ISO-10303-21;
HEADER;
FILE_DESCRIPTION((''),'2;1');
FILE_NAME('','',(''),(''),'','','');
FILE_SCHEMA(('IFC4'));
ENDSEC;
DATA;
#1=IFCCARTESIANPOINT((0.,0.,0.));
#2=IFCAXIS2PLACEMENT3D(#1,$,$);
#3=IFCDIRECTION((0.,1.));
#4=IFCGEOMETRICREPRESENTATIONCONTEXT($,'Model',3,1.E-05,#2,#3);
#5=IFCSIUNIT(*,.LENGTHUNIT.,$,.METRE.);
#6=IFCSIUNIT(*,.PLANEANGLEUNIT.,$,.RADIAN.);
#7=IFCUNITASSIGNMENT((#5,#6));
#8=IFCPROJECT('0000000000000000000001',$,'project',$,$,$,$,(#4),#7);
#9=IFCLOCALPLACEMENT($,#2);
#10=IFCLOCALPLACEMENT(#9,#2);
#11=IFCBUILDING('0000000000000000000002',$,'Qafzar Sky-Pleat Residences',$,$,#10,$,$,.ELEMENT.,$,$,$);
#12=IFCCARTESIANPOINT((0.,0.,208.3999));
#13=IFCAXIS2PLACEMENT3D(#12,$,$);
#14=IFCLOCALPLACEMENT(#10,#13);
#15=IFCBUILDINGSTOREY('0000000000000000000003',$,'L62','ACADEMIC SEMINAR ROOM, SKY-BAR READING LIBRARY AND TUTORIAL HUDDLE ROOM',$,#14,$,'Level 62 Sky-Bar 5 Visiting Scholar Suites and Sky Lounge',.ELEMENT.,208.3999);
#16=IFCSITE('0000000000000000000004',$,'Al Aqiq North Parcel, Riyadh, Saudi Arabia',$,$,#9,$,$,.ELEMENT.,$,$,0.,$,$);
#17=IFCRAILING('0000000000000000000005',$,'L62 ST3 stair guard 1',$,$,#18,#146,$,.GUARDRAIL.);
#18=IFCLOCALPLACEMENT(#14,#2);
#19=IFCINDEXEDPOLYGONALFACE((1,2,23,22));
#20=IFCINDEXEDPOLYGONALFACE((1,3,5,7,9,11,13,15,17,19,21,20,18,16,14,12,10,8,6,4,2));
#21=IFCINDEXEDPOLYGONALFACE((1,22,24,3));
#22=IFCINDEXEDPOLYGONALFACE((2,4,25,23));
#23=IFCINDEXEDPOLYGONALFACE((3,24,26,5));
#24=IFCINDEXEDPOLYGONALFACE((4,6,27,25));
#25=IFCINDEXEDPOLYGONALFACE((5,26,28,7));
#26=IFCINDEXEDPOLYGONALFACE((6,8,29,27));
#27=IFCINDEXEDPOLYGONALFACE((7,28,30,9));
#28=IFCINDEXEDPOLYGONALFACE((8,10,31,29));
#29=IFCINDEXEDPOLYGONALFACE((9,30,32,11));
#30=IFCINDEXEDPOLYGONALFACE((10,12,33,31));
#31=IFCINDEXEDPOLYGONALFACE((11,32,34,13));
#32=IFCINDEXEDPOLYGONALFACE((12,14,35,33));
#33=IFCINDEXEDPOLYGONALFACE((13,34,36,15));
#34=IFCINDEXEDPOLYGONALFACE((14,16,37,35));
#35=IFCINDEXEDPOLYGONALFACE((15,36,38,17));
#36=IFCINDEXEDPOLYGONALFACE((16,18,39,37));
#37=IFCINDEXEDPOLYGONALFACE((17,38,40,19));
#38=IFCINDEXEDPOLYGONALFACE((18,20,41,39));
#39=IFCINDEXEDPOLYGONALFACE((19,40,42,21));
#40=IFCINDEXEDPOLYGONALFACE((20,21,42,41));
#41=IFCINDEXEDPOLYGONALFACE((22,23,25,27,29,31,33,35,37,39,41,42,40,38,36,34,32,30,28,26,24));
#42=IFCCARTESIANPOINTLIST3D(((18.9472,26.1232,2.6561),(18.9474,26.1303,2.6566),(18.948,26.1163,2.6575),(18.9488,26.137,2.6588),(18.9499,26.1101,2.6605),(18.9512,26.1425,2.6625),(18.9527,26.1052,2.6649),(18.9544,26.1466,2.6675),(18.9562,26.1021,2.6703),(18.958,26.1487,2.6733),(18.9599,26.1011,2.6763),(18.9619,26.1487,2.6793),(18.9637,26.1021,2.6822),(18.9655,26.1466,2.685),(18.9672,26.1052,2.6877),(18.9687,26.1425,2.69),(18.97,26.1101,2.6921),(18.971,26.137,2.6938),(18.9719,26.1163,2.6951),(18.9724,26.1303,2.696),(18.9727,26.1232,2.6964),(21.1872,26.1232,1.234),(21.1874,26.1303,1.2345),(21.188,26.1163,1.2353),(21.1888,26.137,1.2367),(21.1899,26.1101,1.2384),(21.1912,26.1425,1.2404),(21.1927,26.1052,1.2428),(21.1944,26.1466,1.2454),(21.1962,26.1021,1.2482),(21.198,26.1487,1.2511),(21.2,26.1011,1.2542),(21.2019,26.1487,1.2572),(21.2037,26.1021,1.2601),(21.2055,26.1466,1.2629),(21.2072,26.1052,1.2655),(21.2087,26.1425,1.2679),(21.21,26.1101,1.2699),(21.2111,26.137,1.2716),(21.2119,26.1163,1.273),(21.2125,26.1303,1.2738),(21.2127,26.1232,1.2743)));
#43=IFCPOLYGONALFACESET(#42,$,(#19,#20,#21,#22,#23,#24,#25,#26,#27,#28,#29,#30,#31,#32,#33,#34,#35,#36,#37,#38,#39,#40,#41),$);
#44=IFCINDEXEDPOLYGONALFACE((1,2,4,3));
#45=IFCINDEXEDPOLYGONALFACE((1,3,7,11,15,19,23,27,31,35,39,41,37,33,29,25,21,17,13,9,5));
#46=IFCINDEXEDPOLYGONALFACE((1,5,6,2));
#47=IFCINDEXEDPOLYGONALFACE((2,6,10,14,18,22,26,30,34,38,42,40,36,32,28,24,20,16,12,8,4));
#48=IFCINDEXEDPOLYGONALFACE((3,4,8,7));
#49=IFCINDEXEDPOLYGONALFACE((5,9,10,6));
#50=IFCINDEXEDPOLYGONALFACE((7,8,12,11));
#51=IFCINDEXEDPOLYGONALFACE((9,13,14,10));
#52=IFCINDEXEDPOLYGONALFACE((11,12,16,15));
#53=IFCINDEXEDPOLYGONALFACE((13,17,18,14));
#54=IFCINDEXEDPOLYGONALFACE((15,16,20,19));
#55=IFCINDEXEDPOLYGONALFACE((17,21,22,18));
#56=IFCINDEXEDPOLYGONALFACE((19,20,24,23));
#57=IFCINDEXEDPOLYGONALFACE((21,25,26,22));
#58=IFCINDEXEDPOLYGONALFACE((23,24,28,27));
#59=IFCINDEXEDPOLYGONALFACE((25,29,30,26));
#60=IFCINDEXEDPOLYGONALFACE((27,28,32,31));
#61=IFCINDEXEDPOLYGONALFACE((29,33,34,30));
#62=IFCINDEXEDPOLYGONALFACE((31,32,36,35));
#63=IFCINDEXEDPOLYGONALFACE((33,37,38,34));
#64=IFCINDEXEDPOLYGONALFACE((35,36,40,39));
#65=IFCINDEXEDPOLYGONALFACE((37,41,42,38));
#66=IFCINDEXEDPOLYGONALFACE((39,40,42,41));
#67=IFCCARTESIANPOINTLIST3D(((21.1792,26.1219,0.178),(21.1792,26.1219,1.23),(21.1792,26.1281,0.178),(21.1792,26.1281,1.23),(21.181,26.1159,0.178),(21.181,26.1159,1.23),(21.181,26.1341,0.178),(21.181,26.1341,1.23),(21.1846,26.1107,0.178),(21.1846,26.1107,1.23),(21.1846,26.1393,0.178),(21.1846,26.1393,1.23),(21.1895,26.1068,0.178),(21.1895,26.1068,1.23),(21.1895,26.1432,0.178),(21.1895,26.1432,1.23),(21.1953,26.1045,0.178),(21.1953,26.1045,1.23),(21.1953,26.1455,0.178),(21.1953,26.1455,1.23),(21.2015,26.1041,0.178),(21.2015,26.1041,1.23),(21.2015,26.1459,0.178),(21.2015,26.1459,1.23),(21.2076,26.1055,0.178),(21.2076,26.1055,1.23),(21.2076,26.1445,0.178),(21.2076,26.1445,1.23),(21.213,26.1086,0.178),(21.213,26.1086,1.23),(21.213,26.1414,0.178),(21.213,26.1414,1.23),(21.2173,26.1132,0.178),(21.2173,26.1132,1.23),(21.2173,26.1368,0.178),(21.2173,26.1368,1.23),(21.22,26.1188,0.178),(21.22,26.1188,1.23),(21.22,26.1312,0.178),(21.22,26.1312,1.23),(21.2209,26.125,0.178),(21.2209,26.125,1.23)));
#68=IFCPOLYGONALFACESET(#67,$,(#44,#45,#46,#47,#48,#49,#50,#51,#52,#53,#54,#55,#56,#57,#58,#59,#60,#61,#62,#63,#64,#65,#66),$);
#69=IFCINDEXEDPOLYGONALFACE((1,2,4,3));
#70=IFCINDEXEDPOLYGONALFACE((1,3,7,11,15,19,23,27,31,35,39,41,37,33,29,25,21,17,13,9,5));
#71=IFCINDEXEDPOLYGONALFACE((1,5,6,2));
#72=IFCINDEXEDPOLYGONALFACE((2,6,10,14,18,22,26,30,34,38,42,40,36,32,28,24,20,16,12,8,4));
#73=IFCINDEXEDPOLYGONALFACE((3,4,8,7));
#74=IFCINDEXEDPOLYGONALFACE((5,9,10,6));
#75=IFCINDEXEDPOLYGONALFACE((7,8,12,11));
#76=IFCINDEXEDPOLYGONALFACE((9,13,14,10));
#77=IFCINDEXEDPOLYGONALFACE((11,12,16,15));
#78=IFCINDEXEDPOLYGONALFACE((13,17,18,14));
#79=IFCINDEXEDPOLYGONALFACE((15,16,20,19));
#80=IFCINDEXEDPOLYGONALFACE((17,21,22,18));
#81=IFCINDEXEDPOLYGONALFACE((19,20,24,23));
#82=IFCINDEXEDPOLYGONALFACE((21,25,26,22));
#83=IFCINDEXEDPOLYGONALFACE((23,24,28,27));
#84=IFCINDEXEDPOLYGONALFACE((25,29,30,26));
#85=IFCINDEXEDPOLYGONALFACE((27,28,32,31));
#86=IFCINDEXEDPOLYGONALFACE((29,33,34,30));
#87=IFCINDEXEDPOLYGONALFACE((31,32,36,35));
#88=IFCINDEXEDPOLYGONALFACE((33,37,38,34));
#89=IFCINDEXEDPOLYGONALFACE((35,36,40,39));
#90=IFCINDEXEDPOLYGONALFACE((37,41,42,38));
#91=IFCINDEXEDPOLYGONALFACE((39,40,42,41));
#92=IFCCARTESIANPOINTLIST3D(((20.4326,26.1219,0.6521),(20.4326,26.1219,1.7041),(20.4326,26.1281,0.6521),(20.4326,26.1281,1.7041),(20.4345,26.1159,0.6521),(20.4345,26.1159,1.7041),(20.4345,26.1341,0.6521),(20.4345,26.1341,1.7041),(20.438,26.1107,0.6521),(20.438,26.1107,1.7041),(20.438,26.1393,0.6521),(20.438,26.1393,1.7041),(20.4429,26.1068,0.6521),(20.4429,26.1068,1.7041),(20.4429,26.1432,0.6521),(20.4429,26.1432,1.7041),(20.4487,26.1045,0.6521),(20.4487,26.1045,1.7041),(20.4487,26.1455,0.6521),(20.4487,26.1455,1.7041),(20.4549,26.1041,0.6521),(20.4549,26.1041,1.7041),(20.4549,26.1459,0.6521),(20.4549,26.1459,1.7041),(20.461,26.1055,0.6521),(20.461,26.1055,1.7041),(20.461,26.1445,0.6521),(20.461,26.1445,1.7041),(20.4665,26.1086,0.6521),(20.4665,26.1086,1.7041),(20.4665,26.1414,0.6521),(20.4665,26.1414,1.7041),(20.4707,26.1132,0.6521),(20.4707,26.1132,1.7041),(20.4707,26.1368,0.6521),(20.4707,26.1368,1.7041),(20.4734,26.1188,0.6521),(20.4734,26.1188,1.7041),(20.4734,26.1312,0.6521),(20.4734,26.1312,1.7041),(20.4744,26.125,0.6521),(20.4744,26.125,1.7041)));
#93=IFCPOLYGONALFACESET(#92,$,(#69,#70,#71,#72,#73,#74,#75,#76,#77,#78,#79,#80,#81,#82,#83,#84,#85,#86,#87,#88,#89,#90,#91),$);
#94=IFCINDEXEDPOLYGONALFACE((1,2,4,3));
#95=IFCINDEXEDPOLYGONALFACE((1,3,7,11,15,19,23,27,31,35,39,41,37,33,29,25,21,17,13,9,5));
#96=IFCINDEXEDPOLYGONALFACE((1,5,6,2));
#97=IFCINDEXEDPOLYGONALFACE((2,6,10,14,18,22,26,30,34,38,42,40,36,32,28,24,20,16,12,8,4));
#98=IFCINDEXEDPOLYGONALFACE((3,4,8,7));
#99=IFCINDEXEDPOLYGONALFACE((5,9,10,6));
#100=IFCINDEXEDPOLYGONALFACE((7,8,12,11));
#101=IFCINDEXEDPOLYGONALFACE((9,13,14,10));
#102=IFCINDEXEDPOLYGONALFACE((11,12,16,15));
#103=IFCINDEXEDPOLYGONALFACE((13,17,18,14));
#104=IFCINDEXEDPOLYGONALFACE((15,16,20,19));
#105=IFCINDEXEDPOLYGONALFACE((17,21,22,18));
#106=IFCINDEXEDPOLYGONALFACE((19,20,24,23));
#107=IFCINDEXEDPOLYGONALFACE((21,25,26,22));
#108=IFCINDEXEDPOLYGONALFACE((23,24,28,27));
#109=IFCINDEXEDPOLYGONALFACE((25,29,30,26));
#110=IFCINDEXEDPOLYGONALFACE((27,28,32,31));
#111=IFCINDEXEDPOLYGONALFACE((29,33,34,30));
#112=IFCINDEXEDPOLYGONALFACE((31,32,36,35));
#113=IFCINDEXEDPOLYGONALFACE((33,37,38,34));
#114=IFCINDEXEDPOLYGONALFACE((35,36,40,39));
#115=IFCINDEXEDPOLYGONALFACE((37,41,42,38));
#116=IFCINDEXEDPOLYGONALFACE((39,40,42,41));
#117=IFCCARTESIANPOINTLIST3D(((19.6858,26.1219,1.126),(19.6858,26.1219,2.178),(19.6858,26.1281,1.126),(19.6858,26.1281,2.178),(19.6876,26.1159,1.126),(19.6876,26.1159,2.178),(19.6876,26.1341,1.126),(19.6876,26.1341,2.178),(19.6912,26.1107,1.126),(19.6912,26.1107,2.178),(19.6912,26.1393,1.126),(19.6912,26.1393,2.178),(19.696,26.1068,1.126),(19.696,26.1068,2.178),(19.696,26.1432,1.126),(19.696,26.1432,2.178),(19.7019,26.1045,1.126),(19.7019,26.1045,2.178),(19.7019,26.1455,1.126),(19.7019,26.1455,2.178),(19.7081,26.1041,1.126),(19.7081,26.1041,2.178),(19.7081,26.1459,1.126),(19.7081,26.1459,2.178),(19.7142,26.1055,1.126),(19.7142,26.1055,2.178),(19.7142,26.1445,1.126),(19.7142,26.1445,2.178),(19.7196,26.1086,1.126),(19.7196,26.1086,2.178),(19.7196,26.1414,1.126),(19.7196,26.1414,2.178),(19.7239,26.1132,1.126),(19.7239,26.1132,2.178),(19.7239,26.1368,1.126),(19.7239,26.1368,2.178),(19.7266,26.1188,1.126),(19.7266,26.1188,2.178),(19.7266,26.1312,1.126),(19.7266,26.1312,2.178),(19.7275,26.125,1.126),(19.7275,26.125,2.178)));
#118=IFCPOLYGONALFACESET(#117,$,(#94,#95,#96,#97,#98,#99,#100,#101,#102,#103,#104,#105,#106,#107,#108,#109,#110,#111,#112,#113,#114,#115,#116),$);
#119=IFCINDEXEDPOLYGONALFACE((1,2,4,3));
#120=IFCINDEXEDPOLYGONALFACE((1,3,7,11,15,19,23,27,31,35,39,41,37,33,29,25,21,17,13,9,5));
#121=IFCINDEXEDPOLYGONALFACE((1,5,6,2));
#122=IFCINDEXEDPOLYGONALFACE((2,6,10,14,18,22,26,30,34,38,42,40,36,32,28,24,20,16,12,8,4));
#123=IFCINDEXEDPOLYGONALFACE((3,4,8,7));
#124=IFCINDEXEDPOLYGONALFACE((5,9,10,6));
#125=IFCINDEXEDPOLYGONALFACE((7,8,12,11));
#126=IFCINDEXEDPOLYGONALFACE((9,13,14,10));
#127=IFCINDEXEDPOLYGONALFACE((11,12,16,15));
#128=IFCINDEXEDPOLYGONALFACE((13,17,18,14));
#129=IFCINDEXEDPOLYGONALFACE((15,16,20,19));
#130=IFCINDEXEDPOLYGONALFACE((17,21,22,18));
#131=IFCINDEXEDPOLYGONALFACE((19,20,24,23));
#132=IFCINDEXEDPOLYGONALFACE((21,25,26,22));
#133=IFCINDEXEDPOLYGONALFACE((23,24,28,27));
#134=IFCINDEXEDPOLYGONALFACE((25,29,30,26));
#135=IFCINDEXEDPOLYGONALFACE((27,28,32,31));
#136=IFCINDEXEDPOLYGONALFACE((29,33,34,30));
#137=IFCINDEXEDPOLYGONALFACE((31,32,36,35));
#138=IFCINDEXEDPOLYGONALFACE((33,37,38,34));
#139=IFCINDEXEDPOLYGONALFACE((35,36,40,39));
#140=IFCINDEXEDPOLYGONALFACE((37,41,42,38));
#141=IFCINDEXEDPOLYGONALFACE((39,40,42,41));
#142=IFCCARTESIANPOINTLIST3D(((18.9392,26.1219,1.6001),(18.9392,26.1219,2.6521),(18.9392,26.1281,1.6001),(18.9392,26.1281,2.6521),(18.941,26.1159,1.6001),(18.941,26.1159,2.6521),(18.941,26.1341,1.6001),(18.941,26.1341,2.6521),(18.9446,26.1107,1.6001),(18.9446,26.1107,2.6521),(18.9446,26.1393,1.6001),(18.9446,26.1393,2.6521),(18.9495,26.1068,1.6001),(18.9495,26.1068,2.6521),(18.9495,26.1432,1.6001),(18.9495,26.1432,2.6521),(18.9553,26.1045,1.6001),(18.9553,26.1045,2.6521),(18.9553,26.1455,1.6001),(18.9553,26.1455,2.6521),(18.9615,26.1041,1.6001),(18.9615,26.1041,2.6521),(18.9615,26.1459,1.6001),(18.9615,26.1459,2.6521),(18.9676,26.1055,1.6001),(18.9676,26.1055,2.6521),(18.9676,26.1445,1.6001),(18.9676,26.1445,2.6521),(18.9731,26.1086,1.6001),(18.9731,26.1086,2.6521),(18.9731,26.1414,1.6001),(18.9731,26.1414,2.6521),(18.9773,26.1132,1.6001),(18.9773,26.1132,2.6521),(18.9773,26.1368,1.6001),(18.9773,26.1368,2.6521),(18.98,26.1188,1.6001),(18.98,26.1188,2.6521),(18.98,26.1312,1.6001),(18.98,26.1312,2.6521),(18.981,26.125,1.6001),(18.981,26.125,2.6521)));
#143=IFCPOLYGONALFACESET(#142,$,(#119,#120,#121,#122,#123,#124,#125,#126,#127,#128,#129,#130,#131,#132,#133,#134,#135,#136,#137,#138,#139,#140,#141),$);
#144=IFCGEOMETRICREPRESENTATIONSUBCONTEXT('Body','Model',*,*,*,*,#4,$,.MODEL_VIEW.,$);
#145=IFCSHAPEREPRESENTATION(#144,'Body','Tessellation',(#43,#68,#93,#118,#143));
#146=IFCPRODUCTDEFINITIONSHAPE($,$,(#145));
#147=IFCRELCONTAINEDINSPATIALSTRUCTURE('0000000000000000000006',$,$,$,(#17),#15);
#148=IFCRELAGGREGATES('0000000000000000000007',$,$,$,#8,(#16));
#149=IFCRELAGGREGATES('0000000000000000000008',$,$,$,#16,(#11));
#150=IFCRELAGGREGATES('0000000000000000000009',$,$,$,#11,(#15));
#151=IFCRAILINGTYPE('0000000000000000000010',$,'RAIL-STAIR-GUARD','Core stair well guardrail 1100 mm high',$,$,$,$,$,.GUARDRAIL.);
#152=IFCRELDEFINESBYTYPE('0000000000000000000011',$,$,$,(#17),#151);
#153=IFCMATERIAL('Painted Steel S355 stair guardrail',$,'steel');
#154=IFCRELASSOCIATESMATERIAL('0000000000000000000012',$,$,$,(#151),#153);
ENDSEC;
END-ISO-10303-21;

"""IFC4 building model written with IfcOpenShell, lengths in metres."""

from ifc_helpers import new_model, si_unit, direction, frame, origin, origin_2d, place, context, subcontext, project, spatial, circle, extrude, source, transform, mapped, material, type_object, element, save


model = new_model("IFC4")

# Units and contexts
model_context = context("Model", 3, precision=1e-05, world=origin(), true_north=direction((0.0, 1.0)))
body_context = subcontext(model_context, "Body", "Model", "MODEL_VIEW")
ifc_project = project(units=[si_unit("LENGTHUNIT", "METRE"), si_unit("PLANEANGLEUNIT", "RADIAN")], contexts=[model_context])

# Site, building, storey
site_placement = place(None, origin())
site = spatial("IfcSite", under=ifc_project, at=site_placement, Name="Al Aqiq North Parcel, Riyadh, Saudi Arabia", CompositionType="ELEMENT", RefElevation=0.0)
building_placement = place(site_placement, origin())
building = spatial("IfcBuilding", under=site, at=building_placement, Name="Qafzar Sky-Pleat Residences", CompositionType="ELEMENT")
storey_placement = place(building_placement, frame((0.0, 0.0, 208.3999)))
storey = spatial("IfcBuildingStorey", under=building, at=storey_placement, Name="L62", Description="ACADEMIC SEMINAR ROOM, SKY-BAR READING LIBRARY AND TUTORIAL HUDDLE ROOM", LongName="Level 62 Sky-Bar 5 Visiting Scholar Suites and Sky Lounge", CompositionType="ELEMENT", Elevation=208.3999)

# Railing
ifc_material_1 = material(Name="Painted Steel S355 stair guardrail", Category="steel")
railing_type_1 = type_object("IfcRailingType", Name="RAIL-STAIR-GUARD", Description="Core stair well guardrail 1100 mm high", PredefinedType="GUARDRAIL", material=ifc_material_1)
shared_shape_1 = source(origin(), body_context, "Body", "SweptSolid", [
    extrude(circle(Radius=0.0239, at=origin_2d()), frame((0.0, 0.0, 1.0762), z_axis=(-0.844229, 0.0, 0.535982), x_axis=(0.0, -1.0, 0.0)), (0.0, 0.0, 1.0), 2.6533),
    extrude(circle(Radius=0.021, at=origin_2d()), origin(), (0.0, 0.0, 1.0), 1.052),
    extrude(circle(Radius=0.021, at=origin_2d()), frame((-0.7466, 0.0, 0.4741)), (0.0, 0.0, 1.0), 1.052),
    extrude(circle(Radius=0.021, at=origin_2d()), frame((-1.4934, 0.0, 0.948)), (0.0, 0.0, 1.0), 1.052),
    extrude(circle(Radius=0.021, at=origin_2d()), frame((-2.24, 0.0, 1.4221)), (0.0, 0.0, 1.0), 1.052),
])
railing_1_placement = place(storey_placement, frame((21.2, 26.125, 0.178)))
element("IfcRailing", 1, at=railing_1_placement, inside=storey, type_object=railing_type_1, Name="L62 ST3 stair guard 1", PredefinedType="GUARDRAIL", context=body_context, shape_type="MappedRepresentation", body=[
    mapped(shared_shape_1, transform((0.0, 0.0, 0.0), x_axis=(1.0, 0.0, 0.0), y_axis=(0.0, 1.0, 0.0), z_axis=(0.0, 0.0, 1.0), scale=1.0)),
])

save(model, "model.ifc")
